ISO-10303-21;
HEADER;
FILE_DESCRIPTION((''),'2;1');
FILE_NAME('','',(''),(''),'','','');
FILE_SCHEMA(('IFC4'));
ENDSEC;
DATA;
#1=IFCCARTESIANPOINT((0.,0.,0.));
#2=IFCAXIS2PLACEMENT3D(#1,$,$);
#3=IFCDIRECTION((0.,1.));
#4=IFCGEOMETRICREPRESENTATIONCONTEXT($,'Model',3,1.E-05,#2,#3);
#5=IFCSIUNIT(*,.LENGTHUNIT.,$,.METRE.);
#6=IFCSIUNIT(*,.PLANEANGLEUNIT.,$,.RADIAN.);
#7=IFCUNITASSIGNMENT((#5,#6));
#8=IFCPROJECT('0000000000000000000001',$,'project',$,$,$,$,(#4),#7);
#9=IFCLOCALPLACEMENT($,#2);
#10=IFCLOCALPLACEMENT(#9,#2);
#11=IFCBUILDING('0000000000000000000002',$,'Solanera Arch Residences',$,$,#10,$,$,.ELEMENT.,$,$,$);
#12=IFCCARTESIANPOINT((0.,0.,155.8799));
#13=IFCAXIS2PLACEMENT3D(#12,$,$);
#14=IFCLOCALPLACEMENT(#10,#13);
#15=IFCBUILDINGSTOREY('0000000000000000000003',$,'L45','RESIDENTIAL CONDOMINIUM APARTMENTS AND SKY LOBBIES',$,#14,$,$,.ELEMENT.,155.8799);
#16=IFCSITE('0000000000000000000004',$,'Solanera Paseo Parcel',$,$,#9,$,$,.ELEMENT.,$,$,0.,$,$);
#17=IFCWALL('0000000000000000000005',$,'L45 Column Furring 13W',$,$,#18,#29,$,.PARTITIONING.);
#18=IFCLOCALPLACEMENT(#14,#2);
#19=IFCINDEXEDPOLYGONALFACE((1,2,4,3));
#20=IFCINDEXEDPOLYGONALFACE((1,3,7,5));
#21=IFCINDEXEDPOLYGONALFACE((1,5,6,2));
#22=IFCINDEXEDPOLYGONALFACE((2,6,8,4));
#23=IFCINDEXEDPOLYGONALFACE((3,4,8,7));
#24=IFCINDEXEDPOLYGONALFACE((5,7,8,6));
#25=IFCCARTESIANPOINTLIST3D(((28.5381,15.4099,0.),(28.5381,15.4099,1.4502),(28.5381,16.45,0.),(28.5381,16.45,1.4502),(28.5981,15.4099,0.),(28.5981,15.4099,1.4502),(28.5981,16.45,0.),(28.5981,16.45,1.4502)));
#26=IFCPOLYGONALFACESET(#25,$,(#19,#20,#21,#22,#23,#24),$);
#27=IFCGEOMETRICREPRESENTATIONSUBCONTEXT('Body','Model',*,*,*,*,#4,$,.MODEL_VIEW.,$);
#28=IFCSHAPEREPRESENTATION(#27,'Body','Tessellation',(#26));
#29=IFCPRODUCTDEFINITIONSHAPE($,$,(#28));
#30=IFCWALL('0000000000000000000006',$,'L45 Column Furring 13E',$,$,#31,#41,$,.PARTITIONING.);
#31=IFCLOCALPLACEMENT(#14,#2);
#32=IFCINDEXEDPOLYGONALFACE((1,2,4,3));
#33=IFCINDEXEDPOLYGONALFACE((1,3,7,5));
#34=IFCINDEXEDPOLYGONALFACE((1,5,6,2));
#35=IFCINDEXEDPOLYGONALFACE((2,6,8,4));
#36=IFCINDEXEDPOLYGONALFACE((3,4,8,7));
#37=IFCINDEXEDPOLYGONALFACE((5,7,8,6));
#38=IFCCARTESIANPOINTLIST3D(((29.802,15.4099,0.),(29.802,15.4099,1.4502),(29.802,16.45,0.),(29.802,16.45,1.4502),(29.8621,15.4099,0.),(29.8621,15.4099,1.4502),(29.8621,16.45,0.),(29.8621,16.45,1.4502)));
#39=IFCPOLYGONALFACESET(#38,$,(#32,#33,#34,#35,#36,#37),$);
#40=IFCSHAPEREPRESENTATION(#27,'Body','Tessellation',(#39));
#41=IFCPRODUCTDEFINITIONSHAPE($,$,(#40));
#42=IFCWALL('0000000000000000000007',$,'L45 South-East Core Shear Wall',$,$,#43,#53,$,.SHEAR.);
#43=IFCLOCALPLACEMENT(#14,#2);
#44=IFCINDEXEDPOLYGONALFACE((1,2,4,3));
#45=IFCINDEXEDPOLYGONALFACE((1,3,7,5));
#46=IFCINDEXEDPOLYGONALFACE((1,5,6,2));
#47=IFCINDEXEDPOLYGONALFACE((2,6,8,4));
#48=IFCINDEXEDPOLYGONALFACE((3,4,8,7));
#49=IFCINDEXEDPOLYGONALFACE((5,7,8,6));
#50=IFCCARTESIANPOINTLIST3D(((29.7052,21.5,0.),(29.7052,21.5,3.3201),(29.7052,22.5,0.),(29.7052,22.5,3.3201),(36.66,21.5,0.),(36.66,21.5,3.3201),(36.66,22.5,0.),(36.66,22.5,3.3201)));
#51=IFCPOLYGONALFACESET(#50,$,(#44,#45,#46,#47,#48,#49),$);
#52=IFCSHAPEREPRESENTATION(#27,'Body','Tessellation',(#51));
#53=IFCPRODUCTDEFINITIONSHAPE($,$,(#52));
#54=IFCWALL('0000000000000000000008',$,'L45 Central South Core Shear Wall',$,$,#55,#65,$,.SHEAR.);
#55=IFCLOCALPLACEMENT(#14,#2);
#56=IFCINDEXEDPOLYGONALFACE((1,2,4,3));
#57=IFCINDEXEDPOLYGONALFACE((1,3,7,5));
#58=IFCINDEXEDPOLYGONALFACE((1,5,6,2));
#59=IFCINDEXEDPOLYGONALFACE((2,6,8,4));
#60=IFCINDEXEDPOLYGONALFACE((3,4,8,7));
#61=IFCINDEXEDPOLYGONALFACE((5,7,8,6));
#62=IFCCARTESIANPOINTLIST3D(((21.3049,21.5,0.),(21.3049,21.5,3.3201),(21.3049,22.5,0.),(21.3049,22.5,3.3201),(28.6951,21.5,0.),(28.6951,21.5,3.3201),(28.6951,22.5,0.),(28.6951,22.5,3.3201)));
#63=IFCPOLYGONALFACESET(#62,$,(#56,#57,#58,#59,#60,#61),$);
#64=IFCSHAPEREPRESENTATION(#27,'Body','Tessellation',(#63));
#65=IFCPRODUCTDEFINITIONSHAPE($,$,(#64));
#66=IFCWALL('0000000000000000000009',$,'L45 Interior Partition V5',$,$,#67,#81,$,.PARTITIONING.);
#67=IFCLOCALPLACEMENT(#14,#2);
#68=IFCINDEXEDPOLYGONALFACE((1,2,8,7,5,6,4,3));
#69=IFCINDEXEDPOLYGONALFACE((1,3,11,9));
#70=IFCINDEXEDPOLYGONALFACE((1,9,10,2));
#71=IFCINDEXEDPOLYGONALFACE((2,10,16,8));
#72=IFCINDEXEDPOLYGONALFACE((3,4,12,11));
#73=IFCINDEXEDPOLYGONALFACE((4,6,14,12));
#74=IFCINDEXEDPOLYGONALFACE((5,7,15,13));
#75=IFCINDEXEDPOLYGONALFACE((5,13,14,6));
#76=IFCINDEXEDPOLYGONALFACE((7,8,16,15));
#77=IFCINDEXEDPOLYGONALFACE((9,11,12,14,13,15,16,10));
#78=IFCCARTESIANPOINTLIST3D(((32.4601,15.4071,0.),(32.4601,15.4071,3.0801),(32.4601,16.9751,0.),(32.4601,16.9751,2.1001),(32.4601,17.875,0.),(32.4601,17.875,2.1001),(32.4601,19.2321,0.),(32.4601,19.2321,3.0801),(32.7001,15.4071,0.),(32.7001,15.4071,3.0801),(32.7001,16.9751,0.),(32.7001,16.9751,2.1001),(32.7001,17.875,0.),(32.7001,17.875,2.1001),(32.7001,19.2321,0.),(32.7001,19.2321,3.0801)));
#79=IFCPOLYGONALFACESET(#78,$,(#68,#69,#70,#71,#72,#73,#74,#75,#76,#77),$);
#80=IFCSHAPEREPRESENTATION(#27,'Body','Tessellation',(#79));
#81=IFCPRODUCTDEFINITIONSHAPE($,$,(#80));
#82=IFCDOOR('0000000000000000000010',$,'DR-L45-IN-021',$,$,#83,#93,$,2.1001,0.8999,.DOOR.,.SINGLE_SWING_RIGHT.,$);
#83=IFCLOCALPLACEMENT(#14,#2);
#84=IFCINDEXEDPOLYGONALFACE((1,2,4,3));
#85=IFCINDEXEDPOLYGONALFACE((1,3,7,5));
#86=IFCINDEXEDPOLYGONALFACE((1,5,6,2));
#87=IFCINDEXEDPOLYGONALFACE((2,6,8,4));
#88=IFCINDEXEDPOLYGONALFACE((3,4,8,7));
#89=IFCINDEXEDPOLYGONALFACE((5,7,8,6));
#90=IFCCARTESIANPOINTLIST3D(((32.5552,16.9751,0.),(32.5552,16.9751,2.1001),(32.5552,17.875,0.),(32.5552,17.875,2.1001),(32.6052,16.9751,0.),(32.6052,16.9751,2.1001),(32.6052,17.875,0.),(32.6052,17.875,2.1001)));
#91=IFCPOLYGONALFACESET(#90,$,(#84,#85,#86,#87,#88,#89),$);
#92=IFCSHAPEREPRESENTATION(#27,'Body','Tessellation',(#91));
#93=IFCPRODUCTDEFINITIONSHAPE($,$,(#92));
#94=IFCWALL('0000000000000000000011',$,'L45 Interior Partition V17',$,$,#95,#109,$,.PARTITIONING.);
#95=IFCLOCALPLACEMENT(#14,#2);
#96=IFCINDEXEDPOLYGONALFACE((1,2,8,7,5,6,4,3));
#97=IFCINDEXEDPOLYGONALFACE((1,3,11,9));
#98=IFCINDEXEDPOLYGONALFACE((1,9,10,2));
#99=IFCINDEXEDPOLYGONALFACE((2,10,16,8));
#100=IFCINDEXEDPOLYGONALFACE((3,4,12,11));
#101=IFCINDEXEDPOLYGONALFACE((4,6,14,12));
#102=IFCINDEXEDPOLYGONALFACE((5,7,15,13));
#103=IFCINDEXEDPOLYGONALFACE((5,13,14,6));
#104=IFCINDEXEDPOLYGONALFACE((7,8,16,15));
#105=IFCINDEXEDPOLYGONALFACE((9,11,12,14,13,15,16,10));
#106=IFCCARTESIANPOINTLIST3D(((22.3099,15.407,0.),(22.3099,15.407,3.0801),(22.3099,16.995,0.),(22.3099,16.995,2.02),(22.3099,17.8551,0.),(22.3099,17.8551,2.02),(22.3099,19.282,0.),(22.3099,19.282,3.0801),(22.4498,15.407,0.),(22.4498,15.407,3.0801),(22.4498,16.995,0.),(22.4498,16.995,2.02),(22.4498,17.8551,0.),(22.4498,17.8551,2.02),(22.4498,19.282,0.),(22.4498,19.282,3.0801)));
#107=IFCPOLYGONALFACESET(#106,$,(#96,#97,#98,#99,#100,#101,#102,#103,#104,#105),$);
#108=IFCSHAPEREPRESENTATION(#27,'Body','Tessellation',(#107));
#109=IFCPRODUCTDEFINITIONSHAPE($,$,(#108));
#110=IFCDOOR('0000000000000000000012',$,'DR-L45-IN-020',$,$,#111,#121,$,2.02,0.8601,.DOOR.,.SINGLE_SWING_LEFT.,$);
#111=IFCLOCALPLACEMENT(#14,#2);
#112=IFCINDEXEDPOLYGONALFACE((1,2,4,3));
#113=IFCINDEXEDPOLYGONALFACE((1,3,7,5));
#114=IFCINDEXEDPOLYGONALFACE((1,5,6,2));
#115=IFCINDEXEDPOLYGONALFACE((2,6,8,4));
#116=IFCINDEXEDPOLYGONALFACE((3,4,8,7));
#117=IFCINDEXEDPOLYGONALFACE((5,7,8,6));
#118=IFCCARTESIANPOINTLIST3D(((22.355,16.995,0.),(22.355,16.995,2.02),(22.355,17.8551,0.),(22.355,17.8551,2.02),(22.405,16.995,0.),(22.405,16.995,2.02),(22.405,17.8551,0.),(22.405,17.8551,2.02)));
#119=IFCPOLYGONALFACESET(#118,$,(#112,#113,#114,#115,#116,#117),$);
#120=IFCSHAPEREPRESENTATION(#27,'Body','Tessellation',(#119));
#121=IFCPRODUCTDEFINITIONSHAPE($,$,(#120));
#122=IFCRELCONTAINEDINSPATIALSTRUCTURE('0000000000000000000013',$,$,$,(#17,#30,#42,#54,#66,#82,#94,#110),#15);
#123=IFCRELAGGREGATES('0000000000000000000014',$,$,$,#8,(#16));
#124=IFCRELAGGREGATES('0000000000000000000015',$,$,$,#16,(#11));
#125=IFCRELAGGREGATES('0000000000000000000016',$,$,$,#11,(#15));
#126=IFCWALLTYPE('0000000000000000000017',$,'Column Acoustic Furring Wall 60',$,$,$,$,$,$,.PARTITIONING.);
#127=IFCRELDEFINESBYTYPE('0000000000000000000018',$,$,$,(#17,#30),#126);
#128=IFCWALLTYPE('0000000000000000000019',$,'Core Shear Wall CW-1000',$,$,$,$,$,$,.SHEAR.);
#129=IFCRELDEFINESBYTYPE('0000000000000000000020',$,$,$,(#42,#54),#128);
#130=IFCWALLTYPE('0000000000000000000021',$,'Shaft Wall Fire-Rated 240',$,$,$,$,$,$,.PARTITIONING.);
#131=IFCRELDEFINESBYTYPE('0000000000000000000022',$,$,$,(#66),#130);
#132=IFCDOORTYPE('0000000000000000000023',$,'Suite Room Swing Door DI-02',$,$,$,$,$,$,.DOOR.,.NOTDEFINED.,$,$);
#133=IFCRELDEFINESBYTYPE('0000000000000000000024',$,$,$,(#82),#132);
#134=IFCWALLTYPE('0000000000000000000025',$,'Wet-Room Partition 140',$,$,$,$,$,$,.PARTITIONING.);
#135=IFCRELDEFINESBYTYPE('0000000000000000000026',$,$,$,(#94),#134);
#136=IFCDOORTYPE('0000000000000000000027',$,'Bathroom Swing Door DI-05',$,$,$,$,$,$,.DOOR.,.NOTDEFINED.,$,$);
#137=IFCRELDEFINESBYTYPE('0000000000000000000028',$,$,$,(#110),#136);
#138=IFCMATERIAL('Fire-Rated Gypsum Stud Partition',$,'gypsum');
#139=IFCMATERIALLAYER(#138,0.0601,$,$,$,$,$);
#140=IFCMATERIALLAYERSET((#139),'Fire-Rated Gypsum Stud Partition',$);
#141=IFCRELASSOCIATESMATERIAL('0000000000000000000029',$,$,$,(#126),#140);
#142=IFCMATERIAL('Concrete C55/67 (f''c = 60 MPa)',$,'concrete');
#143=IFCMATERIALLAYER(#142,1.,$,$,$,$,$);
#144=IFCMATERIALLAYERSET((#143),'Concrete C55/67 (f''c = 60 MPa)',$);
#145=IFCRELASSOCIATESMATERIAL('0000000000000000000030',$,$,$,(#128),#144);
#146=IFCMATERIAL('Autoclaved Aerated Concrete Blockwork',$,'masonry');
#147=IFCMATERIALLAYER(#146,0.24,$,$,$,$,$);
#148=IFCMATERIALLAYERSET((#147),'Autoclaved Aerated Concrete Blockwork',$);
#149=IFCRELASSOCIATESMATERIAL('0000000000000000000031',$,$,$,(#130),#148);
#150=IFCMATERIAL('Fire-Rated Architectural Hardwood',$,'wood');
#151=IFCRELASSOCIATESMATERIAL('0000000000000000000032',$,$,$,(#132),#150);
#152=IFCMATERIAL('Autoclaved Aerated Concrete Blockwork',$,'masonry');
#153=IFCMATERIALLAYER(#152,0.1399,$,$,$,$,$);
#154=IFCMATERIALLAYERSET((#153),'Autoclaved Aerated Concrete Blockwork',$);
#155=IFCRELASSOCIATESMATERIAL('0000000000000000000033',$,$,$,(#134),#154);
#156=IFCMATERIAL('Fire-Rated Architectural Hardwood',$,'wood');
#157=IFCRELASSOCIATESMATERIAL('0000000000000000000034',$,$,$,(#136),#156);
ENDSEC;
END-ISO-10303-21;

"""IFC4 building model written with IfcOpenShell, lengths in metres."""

from ifc_helpers import new_model, si_unit, direction, frame, frame_2d, origin, place, context, subcontext, project, spatial, rectangle, extrude, material, layer, layer_set, type_object, element, fill, save


model = new_model("IFC4")

# Units and contexts
model_context = context("Model", 3, precision=1e-05, world=origin(), true_north=direction((0.0, 1.0)))
body_context = subcontext(model_context, "Body", "Model", "MODEL_VIEW")
ifc_project = project(units=[si_unit("LENGTHUNIT", "METRE"), si_unit("PLANEANGLEUNIT", "RADIAN")], contexts=[model_context])

# Site, building, storey
site_placement = place(None, origin())
site = spatial("IfcSite", under=ifc_project, at=site_placement, Name="Solanera Paseo Parcel", CompositionType="ELEMENT", RefElevation=0.0)
building_placement = place(site_placement, origin())
building = spatial("IfcBuilding", under=site, at=building_placement, Name="Solanera Arch Residences", CompositionType="ELEMENT")
storey_placement = place(building_placement, frame((0.0, 0.0, 155.8799)))
storey = spatial("IfcBuildingStorey", under=building, at=storey_placement, Name="L45", Description="RESIDENTIAL CONDOMINIUM APARTMENTS AND SKY LOBBIES", CompositionType="ELEMENT", Elevation=155.8799)

# Walls
ifc_material_1 = material(Name="Fire-Rated Gypsum Stud Partition", Category="gypsum")
ifc_layer_1 = layer(ifc_material_1, 0.0601)
ifc_layer_set_1 = layer_set([ifc_layer_1], Name="Fire-Rated Gypsum Stud Partition")
wall_type_1 = type_object("IfcWallType", Name="Column Acoustic Furring Wall 60", PredefinedType="PARTITIONING", material=ifc_layer_set_1)
for number, where, z_axis, x_axis, name in (
    (1, (28.5681, 15.4099, 0.0), (0.0, 0.0, 1.0), (0.0, 1.0, 0.0), "L45 Column Furring 13W"),
    (2, (29.832, 15.4099, 0.0), (0.0, 0.0, 1.0), (0.0, 1.0, 0.0), "L45 Column Furring 13E"),
):
    element("IfcWall", number, at=place(storey_placement, frame(where, z_axis=z_axis, x_axis=x_axis)), inside=storey, type_object=wall_type_1, Name=name, PredefinedType="PARTITIONING", context=body_context, shape_type="SweptSolid", body=[
        extrude(rectangle(XDim=1.04, YDim=0.0601, at=frame_2d((0.52, 0.0))), origin(), (0.0, 0.0, 1.0), 1.4502),
    ])
ifc_material_2 = material(Name="Concrete C55/67 (f'c = 60 MPa)", Category="concrete")
ifc_layer_2 = layer(ifc_material_2, 1.0)
ifc_layer_set_2 = layer_set([ifc_layer_2], Name="Concrete C55/67 (f'c = 60 MPa)")
wall_type_2 = type_object("IfcWallType", Name="Core Shear Wall CW-1000", PredefinedType="SHEAR", material=ifc_layer_set_2)
wall_1_placement = place(storey_placement, frame((29.7051, 22.0, 0.0), z_axis=(0.0, 0.0, 1.0), x_axis=(1.0, 0.0, 0.0)))
element("IfcWall", 3, at=wall_1_placement, inside=storey, type_object=wall_type_2, Name="L45 South-East Core Shear Wall", PredefinedType="SHEAR", context=body_context, shape_type="SweptSolid", body=[
    extrude(rectangle(XDim=6.9548, YDim=1.0, at=frame_2d((3.4775, 0.0))), origin(), (0.0, 0.0, 1.0), 3.3201),
])
wall_2_placement = place(storey_placement, frame((21.3049, 22.0, 0.0), z_axis=(0.0, 0.0, 1.0), x_axis=(1.0, 0.0, 0.0)))
element("IfcWall", 4, at=wall_2_placement, inside=storey, type_object=wall_type_2, Name="L45 Central South Core Shear Wall", PredefinedType="SHEAR", context=body_context, shape_type="SweptSolid", body=[
    extrude(rectangle(XDim=7.3901, YDim=1.0, at=frame_2d((3.6951, 0.0))), origin(), (0.0, 0.0, 1.0), 3.3201),
])

# Walls, openings, doors
ifc_material_3 = material(Name="Autoclaved Aerated Concrete Blockwork", Category="masonry")
ifc_layer_3 = layer(ifc_material_3, 0.24)
ifc_layer_set_3 = layer_set([ifc_layer_3], Name="Autoclaved Aerated Concrete Blockwork")
wall_type_3 = type_object("IfcWallType", Name="Shaft Wall Fire-Rated 240", PredefinedType="PARTITIONING", material=ifc_layer_set_3)
wall_3_placement = place(storey_placement, frame((32.5801, 15.407, 0.0), z_axis=(0.0, 0.0, 1.0), x_axis=(0.0, 1.0, 0.0)))
wall_3 = element("IfcWall", 5, at=wall_3_placement, inside=storey, type_object=wall_type_3, Name="L45 Interior Partition V5", PredefinedType="PARTITIONING", context=body_context, shape_type="SweptSolid", body=[
    extrude(rectangle(XDim=3.825, YDim=0.24, at=frame_2d((1.9126, 0.0))), origin(), (0.0, 0.0, 1.0), 3.0801),
])
opening_1_placement = place(wall_3_placement, frame((1.5681, 0.0, 0.0)))
opening_1 = element("IfcOpeningElement", 6, at=opening_1_placement, cuts=wall_3, PredefinedType="OPENING", context=body_context, shape_type="SweptSolid", body=[
    extrude(rectangle(XDim=0.8999, YDim=2.1001, at=frame_2d((0.45, 1.05))), frame((0.0, 0.1299, 0.0), z_axis=(0.0, -1.0, 0.0), x_axis=(1.0, 0.0, 0.0)), (0.0, 0.0, 1.0), 0.26),
])
ifc_material_4 = material(Name="Fire-Rated Architectural Hardwood", Category="wood")
door_type_1 = type_object("IfcDoorType", Name="Suite Room Swing Door DI-02", OperationType="NOTDEFINED", PredefinedType="DOOR", material=ifc_material_4)
door_1_placement = place(opening_1_placement, origin())
door_1 = element("IfcDoor", 7, at=door_1_placement, inside=storey, type_object=door_type_1, Name="DR-L45-IN-021", OperationType="SINGLE_SWING_RIGHT", OverallHeight=2.1001, OverallWidth=0.8999, PredefinedType="DOOR", context=body_context, shape_type="SweptSolid", body=[
    extrude(rectangle(XDim=0.8999, YDim=2.1001, at=frame_2d((0.45, 1.05))), frame((0.0, 0.0249, 0.0), z_axis=(0.0, -1.0, 0.0), x_axis=(1.0, 0.0, 0.0)), (0.0, 0.0, 1.0), 0.05),
])
fill(opening_1, door_1)
ifc_material_5 = material(Name="Autoclaved Aerated Concrete Blockwork", Category="masonry")
ifc_layer_4 = layer(ifc_material_5, 0.1399)
ifc_layer_set_4 = layer_set([ifc_layer_4], Name="Autoclaved Aerated Concrete Blockwork")
wall_type_4 = type_object("IfcWallType", Name="Wet-Room Partition 140", PredefinedType="PARTITIONING", material=ifc_layer_set_4)
wall_4_placement = place(storey_placement, frame((22.3799, 15.407, 0.0), z_axis=(0.0, 0.0, 1.0), x_axis=(0.0, 1.0, 0.0)))
wall_4 = element("IfcWall", 8, at=wall_4_placement, inside=storey, type_object=wall_type_4, Name="L45 Interior Partition V17", PredefinedType="PARTITIONING", context=body_context, shape_type="SweptSolid", body=[
    extrude(rectangle(XDim=3.875, YDim=0.1399, at=frame_2d((1.9375, 0.0))), origin(), (0.0, 0.0, 1.0), 3.0801),
])
opening_2_placement = place(wall_4_placement, frame((1.5879, 0.0, 0.0)))
opening_2 = element("IfcOpeningElement", 9, at=opening_2_placement, cuts=wall_4, PredefinedType="OPENING", context=body_context, shape_type="SweptSolid", body=[
    extrude(rectangle(XDim=0.8601, YDim=2.02, at=frame_2d((0.4302, 1.01))), frame((0.0, 0.0798, 0.0), z_axis=(0.0, -1.0, 0.0), x_axis=(1.0, 0.0, 0.0)), (0.0, 0.0, 1.0), 0.1599),
])
ifc_material_6 = material(Name="Fire-Rated Architectural Hardwood", Category="wood")
door_type_2 = type_object("IfcDoorType", Name="Bathroom Swing Door DI-05", OperationType="NOTDEFINED", PredefinedType="DOOR", material=ifc_material_6)
door_2_placement = place(opening_2_placement, origin())
door_2 = element("IfcDoor", 10, at=door_2_placement, inside=storey, type_object=door_type_2, Name="DR-L45-IN-020", OperationType="SINGLE_SWING_LEFT", OverallHeight=2.02, OverallWidth=0.8601, PredefinedType="DOOR", context=body_context, shape_type="SweptSolid", body=[
    extrude(rectangle(XDim=0.8601, YDim=2.02, at=frame_2d((0.4302, 1.01))), frame((0.0, 0.0249, 0.0), z_axis=(0.0, -1.0, 0.0), x_axis=(1.0, 0.0, 0.0)), (0.0, 0.0, 1.0), 0.05),
])
fill(opening_2, door_2)

save(model, "model.ifc")
